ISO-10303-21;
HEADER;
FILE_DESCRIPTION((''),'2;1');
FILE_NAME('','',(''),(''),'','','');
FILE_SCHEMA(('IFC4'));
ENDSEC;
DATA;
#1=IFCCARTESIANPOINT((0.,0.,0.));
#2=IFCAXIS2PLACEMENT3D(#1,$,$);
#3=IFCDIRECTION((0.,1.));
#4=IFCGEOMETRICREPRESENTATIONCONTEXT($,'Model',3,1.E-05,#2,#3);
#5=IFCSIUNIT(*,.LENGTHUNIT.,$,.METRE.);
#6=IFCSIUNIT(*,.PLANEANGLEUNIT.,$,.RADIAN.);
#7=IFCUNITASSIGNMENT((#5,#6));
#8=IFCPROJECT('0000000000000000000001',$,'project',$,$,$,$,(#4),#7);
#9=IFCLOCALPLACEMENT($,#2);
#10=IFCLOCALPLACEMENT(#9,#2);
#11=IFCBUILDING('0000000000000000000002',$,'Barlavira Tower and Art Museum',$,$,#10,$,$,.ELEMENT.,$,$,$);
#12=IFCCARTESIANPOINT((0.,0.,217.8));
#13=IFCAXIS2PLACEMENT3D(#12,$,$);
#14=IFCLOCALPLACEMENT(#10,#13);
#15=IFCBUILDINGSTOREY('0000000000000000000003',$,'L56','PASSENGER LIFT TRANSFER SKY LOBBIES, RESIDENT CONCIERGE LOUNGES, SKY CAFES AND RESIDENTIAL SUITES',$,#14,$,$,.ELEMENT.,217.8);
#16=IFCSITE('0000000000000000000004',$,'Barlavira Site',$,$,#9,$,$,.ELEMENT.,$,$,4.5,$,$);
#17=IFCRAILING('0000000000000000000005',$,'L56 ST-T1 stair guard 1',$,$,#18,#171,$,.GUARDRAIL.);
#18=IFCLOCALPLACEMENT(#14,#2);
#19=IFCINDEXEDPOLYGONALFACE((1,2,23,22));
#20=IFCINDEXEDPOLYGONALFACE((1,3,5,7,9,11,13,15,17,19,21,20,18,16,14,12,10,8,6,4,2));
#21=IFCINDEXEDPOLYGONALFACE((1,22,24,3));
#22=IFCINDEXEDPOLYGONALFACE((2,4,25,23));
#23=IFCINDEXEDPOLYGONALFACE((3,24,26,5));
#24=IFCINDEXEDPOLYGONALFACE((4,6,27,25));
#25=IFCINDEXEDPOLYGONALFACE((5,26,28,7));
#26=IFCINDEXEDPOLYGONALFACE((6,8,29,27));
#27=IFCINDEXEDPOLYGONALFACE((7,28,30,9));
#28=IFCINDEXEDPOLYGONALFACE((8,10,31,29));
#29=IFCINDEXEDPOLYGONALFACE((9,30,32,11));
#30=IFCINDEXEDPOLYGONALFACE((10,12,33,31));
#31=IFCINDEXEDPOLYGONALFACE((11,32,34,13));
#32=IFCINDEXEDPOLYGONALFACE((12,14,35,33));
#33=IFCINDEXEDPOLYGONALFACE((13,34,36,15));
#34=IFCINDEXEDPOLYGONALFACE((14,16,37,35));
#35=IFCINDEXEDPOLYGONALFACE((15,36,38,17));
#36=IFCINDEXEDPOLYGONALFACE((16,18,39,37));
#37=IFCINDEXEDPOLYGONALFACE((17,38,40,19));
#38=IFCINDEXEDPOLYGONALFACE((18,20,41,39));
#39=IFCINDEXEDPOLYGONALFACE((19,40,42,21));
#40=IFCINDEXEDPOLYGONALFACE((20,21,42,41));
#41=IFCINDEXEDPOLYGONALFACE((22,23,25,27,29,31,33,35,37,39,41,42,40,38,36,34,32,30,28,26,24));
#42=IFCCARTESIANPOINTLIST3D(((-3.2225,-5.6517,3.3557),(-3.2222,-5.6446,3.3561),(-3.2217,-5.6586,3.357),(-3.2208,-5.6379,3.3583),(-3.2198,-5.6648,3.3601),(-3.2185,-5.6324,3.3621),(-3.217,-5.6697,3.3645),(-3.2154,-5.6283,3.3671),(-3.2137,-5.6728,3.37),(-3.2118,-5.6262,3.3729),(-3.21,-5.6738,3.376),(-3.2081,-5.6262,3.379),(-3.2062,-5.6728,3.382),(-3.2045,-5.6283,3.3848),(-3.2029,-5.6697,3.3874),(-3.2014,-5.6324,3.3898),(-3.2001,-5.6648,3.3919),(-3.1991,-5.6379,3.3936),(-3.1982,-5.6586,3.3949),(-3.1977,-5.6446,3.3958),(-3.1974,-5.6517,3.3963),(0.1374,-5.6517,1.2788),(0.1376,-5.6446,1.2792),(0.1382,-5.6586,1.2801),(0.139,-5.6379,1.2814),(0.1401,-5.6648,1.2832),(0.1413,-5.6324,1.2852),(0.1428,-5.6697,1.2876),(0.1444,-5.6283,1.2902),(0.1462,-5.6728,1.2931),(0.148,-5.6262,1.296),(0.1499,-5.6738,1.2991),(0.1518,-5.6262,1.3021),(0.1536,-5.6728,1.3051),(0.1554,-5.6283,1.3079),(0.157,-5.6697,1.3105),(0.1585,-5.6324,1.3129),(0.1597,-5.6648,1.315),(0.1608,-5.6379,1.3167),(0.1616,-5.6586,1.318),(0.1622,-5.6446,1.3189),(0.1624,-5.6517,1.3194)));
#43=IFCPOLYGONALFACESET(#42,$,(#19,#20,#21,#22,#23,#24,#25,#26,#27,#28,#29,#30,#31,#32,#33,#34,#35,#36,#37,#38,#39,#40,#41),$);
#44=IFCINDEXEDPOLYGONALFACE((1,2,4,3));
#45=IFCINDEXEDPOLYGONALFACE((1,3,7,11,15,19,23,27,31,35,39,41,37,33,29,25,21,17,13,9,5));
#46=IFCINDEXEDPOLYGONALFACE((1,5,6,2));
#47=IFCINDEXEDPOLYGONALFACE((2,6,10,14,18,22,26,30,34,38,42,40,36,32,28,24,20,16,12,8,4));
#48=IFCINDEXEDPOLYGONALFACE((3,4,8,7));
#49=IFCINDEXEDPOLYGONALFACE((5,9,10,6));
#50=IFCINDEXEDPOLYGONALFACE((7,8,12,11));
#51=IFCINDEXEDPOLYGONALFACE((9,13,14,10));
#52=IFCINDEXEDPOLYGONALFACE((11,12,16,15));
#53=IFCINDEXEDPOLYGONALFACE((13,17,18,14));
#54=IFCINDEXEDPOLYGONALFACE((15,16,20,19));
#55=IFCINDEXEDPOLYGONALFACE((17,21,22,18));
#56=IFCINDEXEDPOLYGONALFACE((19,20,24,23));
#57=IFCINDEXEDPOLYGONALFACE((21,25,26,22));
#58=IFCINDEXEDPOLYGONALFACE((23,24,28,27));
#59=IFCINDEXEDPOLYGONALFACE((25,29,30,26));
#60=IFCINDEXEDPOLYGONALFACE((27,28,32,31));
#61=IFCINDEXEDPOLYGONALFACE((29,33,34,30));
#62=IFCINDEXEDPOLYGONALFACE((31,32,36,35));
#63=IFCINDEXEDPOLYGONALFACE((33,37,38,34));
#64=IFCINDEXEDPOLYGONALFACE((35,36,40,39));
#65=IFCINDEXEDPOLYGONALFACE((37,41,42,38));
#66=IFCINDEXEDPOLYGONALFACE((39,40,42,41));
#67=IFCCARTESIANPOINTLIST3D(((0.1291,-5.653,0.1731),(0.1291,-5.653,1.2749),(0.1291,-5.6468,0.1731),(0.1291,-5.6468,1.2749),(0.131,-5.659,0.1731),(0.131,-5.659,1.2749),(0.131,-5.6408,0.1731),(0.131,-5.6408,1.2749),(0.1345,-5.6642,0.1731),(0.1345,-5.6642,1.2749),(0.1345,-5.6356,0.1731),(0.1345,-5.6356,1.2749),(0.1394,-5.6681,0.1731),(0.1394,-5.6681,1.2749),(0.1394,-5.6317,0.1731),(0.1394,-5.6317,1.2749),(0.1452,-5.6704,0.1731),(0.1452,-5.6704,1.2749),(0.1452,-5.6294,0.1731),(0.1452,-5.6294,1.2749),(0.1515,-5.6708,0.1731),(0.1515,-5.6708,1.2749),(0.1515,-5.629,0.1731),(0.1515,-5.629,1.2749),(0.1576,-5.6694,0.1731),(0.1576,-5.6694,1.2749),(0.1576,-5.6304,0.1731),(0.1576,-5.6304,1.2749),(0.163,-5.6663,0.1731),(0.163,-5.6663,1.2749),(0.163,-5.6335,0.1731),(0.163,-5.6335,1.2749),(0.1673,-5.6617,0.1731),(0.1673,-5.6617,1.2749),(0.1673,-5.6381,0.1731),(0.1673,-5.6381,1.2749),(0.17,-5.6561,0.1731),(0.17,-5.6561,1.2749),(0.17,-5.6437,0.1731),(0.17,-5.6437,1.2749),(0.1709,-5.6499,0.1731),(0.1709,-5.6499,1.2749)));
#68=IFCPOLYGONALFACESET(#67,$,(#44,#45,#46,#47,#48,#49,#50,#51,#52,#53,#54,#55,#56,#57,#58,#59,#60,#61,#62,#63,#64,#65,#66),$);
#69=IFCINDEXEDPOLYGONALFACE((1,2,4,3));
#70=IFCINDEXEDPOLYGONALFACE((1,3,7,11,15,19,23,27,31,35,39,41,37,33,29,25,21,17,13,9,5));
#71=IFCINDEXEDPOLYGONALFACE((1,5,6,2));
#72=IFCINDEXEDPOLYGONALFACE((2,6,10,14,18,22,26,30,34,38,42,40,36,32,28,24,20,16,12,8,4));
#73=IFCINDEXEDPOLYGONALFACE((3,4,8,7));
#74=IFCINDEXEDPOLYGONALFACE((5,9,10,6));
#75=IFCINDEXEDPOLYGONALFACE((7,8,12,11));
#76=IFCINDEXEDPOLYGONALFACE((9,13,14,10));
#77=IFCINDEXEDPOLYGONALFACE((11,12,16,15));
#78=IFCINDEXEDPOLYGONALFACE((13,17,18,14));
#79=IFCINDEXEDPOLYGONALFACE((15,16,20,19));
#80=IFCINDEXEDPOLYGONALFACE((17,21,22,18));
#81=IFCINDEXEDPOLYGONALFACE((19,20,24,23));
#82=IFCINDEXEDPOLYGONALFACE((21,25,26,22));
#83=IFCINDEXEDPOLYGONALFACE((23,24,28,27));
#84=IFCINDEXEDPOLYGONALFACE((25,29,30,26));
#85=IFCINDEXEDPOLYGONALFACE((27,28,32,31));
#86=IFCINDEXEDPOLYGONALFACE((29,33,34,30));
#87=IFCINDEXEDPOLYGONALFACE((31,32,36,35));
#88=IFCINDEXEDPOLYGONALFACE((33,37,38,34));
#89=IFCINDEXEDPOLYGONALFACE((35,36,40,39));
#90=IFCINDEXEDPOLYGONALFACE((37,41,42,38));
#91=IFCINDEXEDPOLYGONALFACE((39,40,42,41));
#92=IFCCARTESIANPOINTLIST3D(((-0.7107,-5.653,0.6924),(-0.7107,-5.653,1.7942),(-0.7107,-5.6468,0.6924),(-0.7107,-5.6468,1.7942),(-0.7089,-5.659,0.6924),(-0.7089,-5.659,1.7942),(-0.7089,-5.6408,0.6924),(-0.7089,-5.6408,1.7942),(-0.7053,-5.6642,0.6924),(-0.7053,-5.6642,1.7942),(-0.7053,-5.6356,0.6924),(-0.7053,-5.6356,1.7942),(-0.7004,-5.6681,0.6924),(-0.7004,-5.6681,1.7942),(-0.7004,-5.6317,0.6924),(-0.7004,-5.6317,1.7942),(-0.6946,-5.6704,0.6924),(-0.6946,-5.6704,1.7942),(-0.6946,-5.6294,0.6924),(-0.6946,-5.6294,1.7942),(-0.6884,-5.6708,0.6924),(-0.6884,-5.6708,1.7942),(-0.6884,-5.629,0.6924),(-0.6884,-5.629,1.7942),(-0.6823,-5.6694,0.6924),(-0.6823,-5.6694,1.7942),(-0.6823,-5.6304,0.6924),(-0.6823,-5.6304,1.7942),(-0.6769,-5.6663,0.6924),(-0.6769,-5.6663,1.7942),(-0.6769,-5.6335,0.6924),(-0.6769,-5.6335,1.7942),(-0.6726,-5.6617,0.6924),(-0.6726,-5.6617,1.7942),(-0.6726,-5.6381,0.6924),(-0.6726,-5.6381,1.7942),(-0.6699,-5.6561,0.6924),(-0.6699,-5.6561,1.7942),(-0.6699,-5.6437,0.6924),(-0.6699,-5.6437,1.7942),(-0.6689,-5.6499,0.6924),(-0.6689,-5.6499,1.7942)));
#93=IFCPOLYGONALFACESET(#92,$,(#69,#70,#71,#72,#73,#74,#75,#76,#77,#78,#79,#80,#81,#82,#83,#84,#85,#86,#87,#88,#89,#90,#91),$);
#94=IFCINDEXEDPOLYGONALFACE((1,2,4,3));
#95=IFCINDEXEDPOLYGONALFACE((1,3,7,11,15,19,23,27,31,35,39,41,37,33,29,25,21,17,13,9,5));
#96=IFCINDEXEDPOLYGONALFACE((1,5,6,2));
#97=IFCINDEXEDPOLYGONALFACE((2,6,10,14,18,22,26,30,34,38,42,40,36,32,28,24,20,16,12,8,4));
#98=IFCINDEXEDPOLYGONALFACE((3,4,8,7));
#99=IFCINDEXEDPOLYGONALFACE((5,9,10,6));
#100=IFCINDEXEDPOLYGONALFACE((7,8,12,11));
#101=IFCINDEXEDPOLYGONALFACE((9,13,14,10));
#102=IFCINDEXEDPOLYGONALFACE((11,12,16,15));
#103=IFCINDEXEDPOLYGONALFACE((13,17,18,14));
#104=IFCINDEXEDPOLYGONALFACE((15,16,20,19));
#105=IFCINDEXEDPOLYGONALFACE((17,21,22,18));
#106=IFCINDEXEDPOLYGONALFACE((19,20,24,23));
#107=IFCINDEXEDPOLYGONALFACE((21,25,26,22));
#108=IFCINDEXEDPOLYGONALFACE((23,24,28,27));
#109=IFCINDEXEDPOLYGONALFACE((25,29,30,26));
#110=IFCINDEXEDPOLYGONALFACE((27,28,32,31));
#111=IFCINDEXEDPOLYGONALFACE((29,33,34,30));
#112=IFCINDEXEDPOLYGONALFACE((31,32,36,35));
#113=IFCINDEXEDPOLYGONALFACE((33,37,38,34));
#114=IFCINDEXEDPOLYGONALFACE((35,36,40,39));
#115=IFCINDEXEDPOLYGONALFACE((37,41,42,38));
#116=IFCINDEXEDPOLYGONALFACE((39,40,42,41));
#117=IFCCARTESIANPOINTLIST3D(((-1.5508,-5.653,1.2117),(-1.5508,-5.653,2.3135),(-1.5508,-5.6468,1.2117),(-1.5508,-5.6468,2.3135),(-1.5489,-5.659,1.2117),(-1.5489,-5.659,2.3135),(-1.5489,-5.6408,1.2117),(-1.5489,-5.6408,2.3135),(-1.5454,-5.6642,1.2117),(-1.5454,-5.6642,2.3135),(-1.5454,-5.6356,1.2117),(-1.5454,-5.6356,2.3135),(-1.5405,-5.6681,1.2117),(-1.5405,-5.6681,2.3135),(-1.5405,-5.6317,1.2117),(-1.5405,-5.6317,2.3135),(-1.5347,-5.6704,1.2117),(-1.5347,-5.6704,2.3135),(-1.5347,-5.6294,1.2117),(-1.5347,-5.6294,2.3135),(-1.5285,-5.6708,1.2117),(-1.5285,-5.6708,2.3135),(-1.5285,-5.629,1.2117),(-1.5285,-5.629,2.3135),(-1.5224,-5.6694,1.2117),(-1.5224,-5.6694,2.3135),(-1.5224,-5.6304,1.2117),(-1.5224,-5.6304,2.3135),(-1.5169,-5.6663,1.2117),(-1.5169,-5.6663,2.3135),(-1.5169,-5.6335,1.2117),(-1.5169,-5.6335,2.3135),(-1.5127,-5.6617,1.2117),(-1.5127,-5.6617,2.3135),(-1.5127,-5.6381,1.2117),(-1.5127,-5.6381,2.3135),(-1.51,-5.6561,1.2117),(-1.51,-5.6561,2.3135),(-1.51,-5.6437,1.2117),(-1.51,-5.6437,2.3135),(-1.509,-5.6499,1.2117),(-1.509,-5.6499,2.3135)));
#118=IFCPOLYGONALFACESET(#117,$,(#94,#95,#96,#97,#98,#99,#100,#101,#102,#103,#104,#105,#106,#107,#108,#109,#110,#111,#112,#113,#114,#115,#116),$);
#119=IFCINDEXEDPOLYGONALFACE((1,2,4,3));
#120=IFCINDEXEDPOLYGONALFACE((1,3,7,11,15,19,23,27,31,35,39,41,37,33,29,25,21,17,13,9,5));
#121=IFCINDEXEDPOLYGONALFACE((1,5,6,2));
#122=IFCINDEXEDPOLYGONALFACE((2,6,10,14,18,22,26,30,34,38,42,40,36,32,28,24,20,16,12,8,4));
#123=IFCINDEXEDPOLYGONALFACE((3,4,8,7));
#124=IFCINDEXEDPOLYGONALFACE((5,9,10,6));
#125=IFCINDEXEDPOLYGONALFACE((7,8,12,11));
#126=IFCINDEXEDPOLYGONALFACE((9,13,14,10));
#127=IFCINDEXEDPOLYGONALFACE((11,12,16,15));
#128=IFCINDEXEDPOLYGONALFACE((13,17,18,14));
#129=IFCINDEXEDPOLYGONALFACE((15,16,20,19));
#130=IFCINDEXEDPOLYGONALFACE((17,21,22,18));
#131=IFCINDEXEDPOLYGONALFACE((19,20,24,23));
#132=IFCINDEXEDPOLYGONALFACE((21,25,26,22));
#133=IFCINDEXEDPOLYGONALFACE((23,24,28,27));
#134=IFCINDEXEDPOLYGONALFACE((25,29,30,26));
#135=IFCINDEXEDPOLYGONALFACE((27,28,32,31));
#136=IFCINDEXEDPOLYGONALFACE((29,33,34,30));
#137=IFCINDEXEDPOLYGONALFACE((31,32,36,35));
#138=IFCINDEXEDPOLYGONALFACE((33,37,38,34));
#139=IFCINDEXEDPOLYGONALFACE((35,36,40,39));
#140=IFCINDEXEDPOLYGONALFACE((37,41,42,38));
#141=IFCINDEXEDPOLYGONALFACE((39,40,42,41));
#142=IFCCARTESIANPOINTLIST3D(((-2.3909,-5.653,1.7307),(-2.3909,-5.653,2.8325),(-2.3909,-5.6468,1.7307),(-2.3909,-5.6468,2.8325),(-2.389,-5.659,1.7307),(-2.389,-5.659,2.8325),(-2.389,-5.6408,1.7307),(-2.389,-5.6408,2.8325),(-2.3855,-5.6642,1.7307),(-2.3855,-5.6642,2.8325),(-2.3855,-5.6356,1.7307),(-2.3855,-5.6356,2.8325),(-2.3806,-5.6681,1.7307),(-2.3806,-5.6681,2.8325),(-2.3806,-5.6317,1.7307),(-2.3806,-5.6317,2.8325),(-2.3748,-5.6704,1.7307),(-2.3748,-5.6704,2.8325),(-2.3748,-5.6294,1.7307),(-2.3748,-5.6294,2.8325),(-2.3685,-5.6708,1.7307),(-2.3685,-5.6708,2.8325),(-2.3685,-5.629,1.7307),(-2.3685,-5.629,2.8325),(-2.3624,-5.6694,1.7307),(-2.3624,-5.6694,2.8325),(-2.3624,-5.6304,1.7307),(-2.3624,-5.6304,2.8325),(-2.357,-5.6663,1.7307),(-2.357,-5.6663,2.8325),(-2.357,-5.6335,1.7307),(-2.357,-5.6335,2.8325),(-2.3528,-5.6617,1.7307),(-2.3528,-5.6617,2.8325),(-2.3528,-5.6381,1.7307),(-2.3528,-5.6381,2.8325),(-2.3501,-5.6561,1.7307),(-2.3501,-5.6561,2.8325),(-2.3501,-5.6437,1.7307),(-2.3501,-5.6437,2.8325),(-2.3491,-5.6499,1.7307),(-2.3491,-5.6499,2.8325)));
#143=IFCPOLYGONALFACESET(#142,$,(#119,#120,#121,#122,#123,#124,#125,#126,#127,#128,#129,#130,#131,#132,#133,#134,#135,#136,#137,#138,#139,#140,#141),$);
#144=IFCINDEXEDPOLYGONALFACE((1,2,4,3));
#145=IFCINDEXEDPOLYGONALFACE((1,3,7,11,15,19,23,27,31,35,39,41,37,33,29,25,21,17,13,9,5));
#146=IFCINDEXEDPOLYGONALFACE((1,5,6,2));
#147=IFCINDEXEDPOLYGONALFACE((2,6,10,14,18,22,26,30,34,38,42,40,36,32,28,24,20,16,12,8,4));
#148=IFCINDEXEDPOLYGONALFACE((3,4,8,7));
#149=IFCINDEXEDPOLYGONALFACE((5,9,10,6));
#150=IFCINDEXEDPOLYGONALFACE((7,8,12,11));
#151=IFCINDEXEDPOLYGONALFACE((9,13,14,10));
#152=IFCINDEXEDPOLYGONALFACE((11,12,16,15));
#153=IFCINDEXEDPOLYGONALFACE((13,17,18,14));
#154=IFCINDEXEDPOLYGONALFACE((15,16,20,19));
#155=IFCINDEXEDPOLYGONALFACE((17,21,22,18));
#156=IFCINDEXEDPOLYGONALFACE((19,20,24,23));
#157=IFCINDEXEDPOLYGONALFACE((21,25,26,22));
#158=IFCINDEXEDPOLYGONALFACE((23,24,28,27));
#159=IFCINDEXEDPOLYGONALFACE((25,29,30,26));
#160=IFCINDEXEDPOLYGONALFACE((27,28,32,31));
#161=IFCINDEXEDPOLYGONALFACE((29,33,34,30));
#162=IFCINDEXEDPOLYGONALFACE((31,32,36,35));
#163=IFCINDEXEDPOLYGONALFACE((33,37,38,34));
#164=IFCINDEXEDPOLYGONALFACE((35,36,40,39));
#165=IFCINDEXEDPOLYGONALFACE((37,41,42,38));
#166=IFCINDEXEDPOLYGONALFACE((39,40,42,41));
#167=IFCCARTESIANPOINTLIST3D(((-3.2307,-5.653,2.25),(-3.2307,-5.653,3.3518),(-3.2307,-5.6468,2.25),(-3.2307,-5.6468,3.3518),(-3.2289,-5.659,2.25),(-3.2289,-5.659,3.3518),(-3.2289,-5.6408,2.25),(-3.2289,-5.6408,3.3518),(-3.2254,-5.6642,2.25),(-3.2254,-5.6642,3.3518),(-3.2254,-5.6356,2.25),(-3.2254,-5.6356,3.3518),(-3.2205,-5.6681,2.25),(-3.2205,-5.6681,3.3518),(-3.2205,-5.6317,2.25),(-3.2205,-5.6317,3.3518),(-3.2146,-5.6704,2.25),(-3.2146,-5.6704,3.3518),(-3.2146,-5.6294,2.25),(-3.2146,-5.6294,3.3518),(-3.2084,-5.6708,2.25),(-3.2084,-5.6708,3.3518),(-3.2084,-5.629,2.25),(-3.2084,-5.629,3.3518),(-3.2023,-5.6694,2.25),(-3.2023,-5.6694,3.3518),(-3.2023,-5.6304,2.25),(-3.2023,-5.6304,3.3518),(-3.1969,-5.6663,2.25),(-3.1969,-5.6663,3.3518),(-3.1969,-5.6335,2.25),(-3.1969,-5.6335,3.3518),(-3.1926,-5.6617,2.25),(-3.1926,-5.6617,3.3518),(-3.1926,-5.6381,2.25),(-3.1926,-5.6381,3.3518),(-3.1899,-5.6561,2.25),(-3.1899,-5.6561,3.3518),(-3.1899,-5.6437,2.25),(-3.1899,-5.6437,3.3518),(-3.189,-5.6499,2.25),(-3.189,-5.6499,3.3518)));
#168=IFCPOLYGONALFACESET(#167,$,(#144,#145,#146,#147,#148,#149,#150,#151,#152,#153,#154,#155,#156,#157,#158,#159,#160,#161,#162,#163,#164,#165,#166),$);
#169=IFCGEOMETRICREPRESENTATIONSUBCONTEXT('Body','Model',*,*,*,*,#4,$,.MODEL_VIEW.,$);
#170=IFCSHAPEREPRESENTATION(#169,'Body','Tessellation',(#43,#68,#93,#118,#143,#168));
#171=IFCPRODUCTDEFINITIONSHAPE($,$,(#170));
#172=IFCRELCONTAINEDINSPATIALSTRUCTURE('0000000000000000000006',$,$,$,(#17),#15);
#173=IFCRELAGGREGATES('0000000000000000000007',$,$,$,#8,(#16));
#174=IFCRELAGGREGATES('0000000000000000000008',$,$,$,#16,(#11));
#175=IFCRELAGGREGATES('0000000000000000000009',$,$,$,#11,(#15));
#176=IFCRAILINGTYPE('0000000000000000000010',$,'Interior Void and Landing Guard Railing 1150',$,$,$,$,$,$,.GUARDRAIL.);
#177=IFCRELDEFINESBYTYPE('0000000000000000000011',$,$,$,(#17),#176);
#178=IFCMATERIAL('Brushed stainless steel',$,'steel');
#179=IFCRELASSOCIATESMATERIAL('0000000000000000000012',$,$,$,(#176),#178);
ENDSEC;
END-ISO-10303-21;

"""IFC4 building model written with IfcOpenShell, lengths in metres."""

from ifc_helpers import new_model, si_unit, direction, frame, origin, origin_2d, place, context, subcontext, project, spatial, circle, extrude, material, type_object, element, save


model = new_model("IFC4")

# Units and contexts
model_context = context("Model", 3, precision=1e-05, world=origin(), true_north=direction((0.0, 1.0)))
body_context = subcontext(model_context, "Body", "Model", "MODEL_VIEW")
ifc_project = project(units=[si_unit("LENGTHUNIT", "METRE"), si_unit("PLANEANGLEUNIT", "RADIAN")], contexts=[model_context])

# Site, building, storey
site_placement = place(None, origin())
site = spatial("IfcSite", under=ifc_project, at=site_placement, Name="Barlavira Site", CompositionType="ELEMENT", RefElevation=4.5)
building_placement = place(site_placement, origin())
building = spatial("IfcBuilding", under=site, at=building_placement, Name="Barlavira Tower and Art Museum", CompositionType="ELEMENT")
storey_placement = place(building_placement, frame((0.0, 0.0, 217.8)))
storey = spatial("IfcBuildingStorey", under=building, at=storey_placement, Name="L56", Description="PASSENGER LIFT TRANSFER SKY LOBBIES, RESIDENT CONCIERGE LOUNGES, SKY CAFES AND RESIDENTIAL SUITES", CompositionType="ELEMENT", Elevation=217.8)

# Shared definitions
ifc_material_1 = material(Name="Brushed stainless steel", Category="steel")

# Railing
railing_type_1 = type_object("IfcRailingType", Name="Interior Void and Landing Guard Railing 1150", PredefinedType="GUARDRAIL", material=ifc_material_1)
railing_1_placement = place(storey_placement, frame((0.1499, -5.6499, 0.1731)))
element("IfcRailing", 1, at=railing_1_placement, inside=storey, type_object=railing_type_1, Name="L56 ST-T1 stair guard 1", PredefinedType="GUARDRAIL", context=body_context, shape_type="SweptSolid", body=[
    extrude(circle(Radius=0.0239, at=origin_2d()), frame((0.0, 0.0, 1.126), z_axis=(-0.850606, 0.0, 0.525803), x_axis=(0.0, -1.0, 0.0)), (0.0, 0.0, 1.0), 3.95),
    extrude(circle(Radius=0.021, at=origin_2d()), origin(), (0.0, 0.0, 1.0), 1.1018),
    extrude(circle(Radius=0.021, at=origin_2d()), frame((-0.8398, 0.0, 0.5193)), (0.0, 0.0, 1.0), 1.1018),
    extrude(circle(Radius=0.021, at=origin_2d()), frame((-1.6799, 0.0, 1.0386)), (0.0, 0.0, 1.0), 1.1018),
    extrude(circle(Radius=0.021, at=origin_2d()), frame((-2.52, 0.0, 1.5576)), (0.0, 0.0, 1.0), 1.1018),
    extrude(circle(Radius=0.021, at=origin_2d()), frame((-3.3599, 0.0, 2.0769)), (0.0, 0.0, 1.0), 1.1018),
])

save(model, "model.ifc")
